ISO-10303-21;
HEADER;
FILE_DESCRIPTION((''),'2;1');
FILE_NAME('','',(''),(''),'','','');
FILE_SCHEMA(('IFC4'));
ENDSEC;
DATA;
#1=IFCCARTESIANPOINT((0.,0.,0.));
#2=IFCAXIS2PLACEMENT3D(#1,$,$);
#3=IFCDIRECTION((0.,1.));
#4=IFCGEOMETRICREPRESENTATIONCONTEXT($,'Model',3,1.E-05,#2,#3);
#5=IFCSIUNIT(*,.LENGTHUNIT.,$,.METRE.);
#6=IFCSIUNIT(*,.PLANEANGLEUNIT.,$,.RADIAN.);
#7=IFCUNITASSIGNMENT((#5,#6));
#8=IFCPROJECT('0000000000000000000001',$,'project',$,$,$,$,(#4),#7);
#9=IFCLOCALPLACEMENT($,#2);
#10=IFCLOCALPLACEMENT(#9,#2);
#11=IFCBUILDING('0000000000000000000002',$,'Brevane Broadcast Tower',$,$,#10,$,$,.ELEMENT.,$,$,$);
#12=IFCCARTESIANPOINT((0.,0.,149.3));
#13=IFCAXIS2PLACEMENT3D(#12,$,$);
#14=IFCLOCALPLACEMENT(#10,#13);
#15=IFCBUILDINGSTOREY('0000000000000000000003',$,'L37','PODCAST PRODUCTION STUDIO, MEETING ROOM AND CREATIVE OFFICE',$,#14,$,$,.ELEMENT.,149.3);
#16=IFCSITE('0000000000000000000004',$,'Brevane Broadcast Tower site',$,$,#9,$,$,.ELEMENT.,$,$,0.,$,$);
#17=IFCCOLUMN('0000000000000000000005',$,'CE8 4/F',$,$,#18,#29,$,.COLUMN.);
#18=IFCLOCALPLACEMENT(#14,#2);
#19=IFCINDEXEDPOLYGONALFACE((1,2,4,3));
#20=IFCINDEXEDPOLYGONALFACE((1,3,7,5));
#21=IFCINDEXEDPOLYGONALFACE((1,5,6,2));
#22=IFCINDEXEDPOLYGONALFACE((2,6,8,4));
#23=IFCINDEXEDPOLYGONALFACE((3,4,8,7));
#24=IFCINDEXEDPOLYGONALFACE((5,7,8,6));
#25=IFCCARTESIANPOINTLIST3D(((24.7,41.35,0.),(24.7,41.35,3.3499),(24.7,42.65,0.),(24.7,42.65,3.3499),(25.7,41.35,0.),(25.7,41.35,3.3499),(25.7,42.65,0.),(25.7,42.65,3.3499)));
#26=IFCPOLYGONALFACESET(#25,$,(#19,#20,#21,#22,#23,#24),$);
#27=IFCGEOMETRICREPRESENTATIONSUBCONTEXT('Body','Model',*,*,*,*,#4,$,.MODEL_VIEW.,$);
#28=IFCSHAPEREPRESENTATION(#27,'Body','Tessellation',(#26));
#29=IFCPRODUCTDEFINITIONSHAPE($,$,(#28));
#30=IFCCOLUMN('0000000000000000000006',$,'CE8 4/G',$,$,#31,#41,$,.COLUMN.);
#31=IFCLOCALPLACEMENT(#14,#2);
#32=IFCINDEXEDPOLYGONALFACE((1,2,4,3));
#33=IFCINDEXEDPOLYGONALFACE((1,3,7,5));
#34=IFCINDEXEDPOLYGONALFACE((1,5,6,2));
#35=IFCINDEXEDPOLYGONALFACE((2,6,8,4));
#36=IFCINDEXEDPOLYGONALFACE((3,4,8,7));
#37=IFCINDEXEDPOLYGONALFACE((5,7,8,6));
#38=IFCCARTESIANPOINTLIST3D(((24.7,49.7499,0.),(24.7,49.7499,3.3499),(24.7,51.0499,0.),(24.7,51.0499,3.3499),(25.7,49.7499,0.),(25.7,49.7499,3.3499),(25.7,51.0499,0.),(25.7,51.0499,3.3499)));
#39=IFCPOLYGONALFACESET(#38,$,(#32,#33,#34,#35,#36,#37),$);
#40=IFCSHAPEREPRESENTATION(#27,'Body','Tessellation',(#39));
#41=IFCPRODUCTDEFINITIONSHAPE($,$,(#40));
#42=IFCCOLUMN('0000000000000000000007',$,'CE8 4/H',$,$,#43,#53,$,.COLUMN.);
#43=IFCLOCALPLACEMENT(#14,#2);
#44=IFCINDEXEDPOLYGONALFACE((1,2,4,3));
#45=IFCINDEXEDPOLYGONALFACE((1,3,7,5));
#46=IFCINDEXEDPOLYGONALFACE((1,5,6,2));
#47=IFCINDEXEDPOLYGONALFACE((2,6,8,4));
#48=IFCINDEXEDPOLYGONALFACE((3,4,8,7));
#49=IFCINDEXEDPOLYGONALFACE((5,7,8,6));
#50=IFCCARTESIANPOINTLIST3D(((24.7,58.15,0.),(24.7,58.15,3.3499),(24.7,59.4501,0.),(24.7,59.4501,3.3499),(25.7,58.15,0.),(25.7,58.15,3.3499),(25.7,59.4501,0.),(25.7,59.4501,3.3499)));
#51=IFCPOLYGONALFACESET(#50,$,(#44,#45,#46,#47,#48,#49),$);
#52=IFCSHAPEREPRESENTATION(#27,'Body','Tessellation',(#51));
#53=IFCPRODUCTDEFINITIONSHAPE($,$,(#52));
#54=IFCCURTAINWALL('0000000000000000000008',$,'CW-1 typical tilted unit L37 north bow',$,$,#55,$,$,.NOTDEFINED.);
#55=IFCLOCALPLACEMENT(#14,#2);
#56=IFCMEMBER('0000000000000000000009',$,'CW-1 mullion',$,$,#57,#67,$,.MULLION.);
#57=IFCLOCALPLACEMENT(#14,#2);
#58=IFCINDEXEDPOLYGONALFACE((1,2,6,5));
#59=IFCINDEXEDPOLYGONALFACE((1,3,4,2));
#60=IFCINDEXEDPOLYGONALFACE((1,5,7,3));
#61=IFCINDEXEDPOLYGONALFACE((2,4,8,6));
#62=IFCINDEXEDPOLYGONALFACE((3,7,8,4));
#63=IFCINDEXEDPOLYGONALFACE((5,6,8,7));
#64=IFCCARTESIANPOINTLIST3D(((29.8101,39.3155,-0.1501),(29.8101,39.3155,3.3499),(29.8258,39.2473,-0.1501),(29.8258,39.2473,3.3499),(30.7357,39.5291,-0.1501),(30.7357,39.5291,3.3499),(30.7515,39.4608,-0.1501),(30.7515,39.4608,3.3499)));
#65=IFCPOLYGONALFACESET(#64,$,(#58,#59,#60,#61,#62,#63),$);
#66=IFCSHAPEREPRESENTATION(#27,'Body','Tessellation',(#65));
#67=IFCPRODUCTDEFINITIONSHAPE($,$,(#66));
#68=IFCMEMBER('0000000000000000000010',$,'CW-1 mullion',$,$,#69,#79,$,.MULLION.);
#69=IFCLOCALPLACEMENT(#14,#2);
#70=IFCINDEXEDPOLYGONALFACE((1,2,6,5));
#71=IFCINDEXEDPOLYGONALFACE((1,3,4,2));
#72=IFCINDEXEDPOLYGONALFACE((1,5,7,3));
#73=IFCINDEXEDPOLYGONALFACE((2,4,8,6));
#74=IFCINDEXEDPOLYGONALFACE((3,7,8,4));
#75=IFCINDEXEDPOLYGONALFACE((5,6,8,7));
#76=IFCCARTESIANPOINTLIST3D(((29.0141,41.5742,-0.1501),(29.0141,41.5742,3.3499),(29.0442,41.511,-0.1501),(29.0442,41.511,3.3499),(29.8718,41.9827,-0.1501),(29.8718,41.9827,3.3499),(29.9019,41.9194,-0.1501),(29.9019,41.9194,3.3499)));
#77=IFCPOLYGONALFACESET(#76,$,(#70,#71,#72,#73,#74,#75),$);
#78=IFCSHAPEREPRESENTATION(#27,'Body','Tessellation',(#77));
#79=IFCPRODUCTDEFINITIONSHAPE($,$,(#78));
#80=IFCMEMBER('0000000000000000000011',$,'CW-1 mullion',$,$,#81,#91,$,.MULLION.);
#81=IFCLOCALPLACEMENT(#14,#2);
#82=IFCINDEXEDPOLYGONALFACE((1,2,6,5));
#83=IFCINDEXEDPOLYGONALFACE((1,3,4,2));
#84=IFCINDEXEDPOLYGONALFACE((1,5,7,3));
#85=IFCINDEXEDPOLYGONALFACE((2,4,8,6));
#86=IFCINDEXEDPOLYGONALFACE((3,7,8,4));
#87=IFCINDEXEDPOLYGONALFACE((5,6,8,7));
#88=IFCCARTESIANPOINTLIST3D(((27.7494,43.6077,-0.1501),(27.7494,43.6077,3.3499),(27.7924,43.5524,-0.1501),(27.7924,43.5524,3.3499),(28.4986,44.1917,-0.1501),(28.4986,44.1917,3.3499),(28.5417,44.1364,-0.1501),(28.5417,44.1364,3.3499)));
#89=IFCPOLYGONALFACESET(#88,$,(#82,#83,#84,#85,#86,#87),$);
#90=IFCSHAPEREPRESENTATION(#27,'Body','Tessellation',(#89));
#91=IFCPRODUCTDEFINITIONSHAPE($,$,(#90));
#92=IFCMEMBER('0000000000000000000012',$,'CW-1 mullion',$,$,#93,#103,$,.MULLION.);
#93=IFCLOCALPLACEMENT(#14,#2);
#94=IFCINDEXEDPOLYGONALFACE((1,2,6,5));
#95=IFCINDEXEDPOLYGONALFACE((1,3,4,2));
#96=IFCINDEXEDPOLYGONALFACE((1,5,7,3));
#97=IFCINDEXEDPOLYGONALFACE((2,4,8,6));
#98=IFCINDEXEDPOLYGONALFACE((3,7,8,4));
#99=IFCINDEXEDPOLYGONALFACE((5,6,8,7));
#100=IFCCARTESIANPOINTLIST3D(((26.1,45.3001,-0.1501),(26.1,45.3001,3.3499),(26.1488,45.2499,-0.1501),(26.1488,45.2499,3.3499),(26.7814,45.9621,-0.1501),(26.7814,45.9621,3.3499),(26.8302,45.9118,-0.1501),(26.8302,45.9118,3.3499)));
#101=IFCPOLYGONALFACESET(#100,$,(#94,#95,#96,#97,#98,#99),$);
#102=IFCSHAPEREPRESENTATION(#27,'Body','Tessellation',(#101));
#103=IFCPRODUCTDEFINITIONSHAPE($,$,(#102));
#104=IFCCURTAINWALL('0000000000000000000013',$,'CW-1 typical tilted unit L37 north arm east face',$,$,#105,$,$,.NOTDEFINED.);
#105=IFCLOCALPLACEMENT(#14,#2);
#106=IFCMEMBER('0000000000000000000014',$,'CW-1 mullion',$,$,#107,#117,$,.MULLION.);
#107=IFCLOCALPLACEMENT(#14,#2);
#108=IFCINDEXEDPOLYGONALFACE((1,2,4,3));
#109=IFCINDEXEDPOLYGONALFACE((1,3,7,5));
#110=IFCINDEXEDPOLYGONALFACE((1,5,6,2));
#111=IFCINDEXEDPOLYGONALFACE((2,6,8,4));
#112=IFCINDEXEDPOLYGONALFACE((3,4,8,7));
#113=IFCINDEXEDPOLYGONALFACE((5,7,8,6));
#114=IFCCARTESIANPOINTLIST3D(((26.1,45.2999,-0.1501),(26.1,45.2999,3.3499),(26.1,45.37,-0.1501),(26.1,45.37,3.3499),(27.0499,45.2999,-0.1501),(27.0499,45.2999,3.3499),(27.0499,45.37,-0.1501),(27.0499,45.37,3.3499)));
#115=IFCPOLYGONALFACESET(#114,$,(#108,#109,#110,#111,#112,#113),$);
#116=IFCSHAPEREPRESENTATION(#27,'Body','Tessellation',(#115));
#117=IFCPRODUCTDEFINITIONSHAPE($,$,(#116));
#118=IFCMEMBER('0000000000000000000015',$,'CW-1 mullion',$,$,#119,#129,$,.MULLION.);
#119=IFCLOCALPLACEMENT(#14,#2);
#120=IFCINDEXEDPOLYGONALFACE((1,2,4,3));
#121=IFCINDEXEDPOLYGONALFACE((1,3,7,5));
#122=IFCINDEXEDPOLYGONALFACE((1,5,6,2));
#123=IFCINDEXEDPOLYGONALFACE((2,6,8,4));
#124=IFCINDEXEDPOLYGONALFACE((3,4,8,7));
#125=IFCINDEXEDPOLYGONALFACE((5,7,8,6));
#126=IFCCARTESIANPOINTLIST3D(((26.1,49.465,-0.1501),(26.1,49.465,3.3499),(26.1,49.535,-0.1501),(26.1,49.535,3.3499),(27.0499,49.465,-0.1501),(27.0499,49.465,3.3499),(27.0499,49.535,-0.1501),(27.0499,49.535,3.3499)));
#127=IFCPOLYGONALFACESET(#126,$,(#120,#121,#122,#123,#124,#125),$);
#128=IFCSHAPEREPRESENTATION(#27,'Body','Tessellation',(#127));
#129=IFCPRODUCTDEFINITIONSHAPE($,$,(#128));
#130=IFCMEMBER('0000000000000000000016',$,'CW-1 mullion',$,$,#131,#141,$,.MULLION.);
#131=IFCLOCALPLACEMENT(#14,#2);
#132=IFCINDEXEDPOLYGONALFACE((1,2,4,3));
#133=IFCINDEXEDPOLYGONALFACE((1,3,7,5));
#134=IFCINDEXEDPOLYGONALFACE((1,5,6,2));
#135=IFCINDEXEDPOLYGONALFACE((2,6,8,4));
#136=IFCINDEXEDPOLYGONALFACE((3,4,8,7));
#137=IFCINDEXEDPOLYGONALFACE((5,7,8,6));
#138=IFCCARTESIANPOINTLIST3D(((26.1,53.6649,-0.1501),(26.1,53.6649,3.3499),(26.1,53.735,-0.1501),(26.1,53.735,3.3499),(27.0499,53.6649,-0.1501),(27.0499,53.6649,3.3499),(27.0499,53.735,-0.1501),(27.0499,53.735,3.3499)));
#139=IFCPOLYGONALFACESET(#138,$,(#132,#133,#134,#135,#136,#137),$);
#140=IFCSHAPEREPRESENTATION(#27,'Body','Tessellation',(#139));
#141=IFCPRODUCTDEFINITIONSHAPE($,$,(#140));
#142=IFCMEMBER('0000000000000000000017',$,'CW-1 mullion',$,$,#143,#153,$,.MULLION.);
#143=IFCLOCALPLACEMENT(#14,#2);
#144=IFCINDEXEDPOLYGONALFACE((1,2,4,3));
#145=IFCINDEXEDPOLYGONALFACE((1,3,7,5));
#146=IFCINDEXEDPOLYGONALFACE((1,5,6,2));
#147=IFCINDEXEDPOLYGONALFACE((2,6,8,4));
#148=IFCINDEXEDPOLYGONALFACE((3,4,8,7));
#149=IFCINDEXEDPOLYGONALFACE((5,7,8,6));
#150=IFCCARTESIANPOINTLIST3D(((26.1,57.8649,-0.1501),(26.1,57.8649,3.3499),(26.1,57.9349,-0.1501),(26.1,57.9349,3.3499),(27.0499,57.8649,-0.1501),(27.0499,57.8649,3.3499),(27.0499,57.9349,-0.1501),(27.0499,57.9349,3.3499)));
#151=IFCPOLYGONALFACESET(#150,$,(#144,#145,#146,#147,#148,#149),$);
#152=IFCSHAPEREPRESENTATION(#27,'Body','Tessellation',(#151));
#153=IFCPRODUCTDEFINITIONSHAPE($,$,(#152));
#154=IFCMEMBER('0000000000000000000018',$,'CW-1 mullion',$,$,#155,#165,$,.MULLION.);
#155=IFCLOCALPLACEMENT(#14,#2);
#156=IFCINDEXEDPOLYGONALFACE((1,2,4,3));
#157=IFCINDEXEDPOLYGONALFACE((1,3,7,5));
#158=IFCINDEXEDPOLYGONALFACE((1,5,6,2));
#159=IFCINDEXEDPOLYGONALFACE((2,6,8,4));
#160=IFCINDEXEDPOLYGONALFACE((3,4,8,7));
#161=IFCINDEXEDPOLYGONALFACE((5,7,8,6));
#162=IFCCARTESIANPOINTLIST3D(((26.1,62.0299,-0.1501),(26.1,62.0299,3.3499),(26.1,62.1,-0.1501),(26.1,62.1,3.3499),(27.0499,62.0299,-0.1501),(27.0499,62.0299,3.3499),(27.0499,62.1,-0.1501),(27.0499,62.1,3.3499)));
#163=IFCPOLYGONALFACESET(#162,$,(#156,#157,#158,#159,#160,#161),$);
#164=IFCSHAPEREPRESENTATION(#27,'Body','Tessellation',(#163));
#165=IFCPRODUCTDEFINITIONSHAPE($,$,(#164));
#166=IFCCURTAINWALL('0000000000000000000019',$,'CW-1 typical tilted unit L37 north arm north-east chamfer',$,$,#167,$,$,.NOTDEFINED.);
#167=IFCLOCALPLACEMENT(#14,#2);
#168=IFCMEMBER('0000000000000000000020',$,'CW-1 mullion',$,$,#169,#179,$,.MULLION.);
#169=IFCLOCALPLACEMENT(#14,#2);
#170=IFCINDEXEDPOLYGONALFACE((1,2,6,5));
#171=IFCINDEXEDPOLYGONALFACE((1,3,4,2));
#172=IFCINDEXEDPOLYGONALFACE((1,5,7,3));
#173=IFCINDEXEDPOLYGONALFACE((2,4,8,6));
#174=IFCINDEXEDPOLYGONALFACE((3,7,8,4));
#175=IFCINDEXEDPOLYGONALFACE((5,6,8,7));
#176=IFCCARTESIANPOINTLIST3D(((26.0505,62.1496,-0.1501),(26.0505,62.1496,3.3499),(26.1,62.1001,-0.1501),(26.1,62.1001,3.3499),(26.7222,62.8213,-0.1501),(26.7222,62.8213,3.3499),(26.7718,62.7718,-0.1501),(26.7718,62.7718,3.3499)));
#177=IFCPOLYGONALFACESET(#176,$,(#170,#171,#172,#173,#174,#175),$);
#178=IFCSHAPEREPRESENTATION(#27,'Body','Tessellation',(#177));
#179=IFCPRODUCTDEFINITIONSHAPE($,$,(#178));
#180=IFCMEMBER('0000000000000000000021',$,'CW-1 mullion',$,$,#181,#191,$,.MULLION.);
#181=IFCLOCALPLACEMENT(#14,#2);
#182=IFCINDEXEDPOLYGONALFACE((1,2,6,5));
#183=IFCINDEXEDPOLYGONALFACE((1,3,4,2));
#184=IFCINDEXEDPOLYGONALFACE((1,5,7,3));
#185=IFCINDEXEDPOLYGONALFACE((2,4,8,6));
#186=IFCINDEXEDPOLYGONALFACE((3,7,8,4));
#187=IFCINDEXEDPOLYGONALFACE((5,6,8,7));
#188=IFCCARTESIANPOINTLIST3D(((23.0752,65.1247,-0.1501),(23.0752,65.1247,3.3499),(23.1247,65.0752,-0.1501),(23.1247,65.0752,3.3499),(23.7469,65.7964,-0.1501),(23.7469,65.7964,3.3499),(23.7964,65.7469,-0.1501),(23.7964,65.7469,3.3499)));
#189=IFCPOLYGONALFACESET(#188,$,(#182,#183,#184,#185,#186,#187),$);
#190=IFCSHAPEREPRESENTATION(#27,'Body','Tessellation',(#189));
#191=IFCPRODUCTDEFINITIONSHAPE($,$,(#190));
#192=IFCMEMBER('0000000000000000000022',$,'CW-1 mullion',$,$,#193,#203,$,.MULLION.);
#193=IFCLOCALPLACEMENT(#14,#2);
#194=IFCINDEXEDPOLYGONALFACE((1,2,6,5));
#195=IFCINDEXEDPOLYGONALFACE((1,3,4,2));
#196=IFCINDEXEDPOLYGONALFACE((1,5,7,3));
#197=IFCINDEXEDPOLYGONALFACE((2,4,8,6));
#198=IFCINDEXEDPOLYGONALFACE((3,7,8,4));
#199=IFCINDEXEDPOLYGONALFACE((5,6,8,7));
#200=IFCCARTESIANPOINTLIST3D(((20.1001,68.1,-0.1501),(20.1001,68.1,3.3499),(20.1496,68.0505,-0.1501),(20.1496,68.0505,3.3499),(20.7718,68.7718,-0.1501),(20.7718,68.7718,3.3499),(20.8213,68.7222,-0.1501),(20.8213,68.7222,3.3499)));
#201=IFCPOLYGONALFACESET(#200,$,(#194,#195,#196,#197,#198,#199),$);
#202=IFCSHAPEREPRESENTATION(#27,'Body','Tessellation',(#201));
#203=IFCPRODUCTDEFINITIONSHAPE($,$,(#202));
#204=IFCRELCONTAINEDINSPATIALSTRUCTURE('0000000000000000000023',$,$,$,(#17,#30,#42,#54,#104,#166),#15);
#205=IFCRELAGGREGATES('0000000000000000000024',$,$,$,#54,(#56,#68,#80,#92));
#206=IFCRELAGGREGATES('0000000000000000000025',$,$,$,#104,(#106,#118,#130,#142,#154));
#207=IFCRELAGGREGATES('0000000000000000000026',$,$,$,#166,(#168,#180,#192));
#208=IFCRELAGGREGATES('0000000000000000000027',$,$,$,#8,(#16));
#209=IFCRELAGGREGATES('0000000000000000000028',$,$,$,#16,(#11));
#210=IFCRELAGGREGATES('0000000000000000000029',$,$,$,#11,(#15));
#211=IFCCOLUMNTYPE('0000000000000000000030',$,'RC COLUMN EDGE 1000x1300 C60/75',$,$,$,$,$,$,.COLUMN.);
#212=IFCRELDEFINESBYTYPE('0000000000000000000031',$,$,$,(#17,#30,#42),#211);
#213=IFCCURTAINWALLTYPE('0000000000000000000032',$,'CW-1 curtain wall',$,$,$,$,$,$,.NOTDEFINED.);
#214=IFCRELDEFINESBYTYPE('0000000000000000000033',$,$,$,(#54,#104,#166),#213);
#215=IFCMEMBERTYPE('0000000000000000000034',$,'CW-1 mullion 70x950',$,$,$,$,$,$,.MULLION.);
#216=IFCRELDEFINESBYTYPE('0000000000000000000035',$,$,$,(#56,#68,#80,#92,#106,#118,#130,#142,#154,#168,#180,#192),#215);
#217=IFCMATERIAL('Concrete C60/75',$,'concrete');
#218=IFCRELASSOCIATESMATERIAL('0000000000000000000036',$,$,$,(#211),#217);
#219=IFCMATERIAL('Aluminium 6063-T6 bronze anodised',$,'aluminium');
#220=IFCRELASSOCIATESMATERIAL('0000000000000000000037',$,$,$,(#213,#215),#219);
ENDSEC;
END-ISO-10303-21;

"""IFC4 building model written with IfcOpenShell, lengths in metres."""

from ifc_helpers import new_model, si_unit, direction, frame, origin, origin_2d, place, context, subcontext, project, spatial, rectangle, extrude, material, material_profile, profile_set, type_object, element, aggregate, save


model = new_model("IFC4")

# Units and contexts
model_context = context("Model", 3, precision=1e-05, world=origin(), true_north=direction((0.0, 1.0)))
body_context = subcontext(model_context, "Body", "Model", "MODEL_VIEW")
ifc_project = project(units=[si_unit("LENGTHUNIT", "METRE"), si_unit("PLANEANGLEUNIT", "RADIAN")], contexts=[model_context])

# Site, building, storey
site_placement = place(None, origin())
site = spatial("IfcSite", under=ifc_project, at=site_placement, Name="Brevane Broadcast Tower site", CompositionType="ELEMENT", RefElevation=0.0)
building_placement = place(site_placement, origin())
building = spatial("IfcBuilding", under=site, at=building_placement, Name="Brevane Broadcast Tower", CompositionType="ELEMENT")
storey_placement = place(building_placement, frame((0.0, 0.0, 149.3)))
storey = spatial("IfcBuildingStorey", under=building, at=storey_placement, Name="L37", Description="PODCAST PRODUCTION STUDIO, MEETING ROOM AND CREATIVE OFFICE", CompositionType="ELEMENT", Elevation=149.3)

# Columns
ifc_material_1 = material(Name="Concrete C60/75", Category="concrete")
ifc_material_profile_1 = material_profile(ifc_material_1, rectangle(XDim=1.0, YDim=1.3, at=origin_2d()), Name="RC 1000x1300")
ifc_profile_set_1 = profile_set([ifc_material_profile_1], Name="Concrete C60/75")
column_type = type_object("IfcColumnType", Name="RC COLUMN EDGE 1000x1300 C60/75", PredefinedType="COLUMN", material=ifc_profile_set_1)
for number, where, z_axis, x_axis, name in (
    (1, (25.2, 42.0, 0.0), (0.0, 0.0, 1.0), (1.0, 0.0, 0.0), "CE8 4/F"),
    (2, (25.2, 50.3999, 0.0), (0.0, 0.0, 1.0), (1.0, 0.0, 0.0), "CE8 4/G"),
    (3, (25.2, 58.8, 0.0), (0.0, 0.0, 1.0), (1.0, 0.0, 0.0), "CE8 4/H"),
):
    element("IfcColumn", number, at=place(storey_placement, frame(where, z_axis=z_axis, x_axis=x_axis)), inside=storey, type_object=column_type, Name=name, PredefinedType="COLUMN", context=body_context, shape_type="SweptSolid", body=[
        extrude(rectangle(XDim=1.0, YDim=1.3, at=origin_2d()), origin(), (0.0, 0.0, 1.0), 3.3499),
    ])

# Curtain walls, members
ifc_material_2 = material(Name="Aluminium 6063-T6 bronze anodised", Category="aluminium")
curtain_wall_type = type_object("IfcCurtainWallType", Name="CW-1 curtain wall", PredefinedType="NOTDEFINED", material=ifc_material_2)
curtain_wall_1_placement = place(storey_placement, origin())
curtain_wall_1 = element("IfcCurtainWall", 4, at=curtain_wall_1_placement, inside=storey, type_object=curtain_wall_type, Name="CW-1 typical tilted unit L37 north bow", PredefinedType="NOTDEFINED")
ifc_material_profile_2 = material_profile(ifc_material_2, rectangle(XDim=0.95, YDim=0.0701, at=origin_2d()), Name="RECT 70x950")
ifc_profile_set_2 = profile_set([ifc_material_profile_2], Name="Aluminium 6063-T6 bronze anodised")
member_type_1 = type_object("IfcMemberType", Name="CW-1 mullion 70x950", PredefinedType="MULLION", material=ifc_profile_set_2)
member_1_placement = place(storey_placement, frame((30.2808, 39.3882, -0.1501), z_axis=(0.0, 0.0, 1.0), x_axis=(-0.974403, -0.224806, 0.0)))
member_1 = element("IfcMember", 5, at=member_1_placement, type_object=member_type_1, Name="CW-1 mullion", PredefinedType="MULLION", context=body_context, shape_type="SweptSolid", body=[
    extrude(rectangle(XDim=0.95, YDim=0.0701, at=origin_2d()), origin(), (0.0, 0.0, 1.0), 3.5),
])
member_2_placement = place(storey_placement, frame((29.458, 41.7468, -0.1501), z_axis=(0.0, 0.0, 1.0), x_axis=(-0.902861, -0.429934, 0.0)))
member_2 = element("IfcMember", 6, at=member_2_placement, type_object=member_type_1, Name="CW-1 mullion", PredefinedType="MULLION", context=body_context, shape_type="SweptSolid", body=[
    extrude(rectangle(XDim=0.95, YDim=0.0701, at=origin_2d()), origin(), (0.0, 0.0, 1.0), 3.5),
])
member_3_placement = place(storey_placement, frame((28.1455, 43.8721, -0.1501), z_axis=(0.0, 0.0, 1.0), x_axis=(-0.788707, -0.61477, 0.0)))
member_3 = element("IfcMember", 7, at=member_3_placement, type_object=member_type_1, Name="CW-1 mullion", PredefinedType="MULLION", context=body_context, shape_type="SweptSolid", body=[
    extrude(rectangle(XDim=0.95, YDim=0.0701, at=origin_2d()), origin(), (0.0, 0.0, 1.0), 3.5),
])
member_4_placement = place(storey_placement, frame((26.4651, 45.606, -0.1501), z_axis=(0.0, 0.0, 1.0), x_axis=(-0.717254, -0.696812, 0.0)))
member_4 = element("IfcMember", 8, at=member_4_placement, type_object=member_type_1, Name="CW-1 mullion", PredefinedType="MULLION", context=body_context, shape_type="SweptSolid", body=[
    extrude(rectangle(XDim=0.95, YDim=0.0701, at=origin_2d()), origin(), (0.0, 0.0, 1.0), 3.5),
])
curtain_wall_2_placement = place(storey_placement, origin())
curtain_wall_2 = element("IfcCurtainWall", 9, at=curtain_wall_2_placement, inside=storey, type_object=curtain_wall_type, Name="CW-1 typical tilted unit L37 north arm east face", PredefinedType="NOTDEFINED")
member_5_placement = place(storey_placement, frame((26.575, 45.335, -0.1501), z_axis=(0.0, 0.0, 1.0), x_axis=(-1.0, 0.0, 0.0)))
member_5 = element("IfcMember", 10, at=member_5_placement, type_object=member_type_1, Name="CW-1 mullion", PredefinedType="MULLION", context=body_context, shape_type="SweptSolid", body=[
    extrude(rectangle(XDim=0.95, YDim=0.0701, at=origin_2d()), origin(), (0.0, 0.0, 1.0), 3.5),
])
member_6_placement = place(storey_placement, frame((26.575, 49.5, -0.1501), z_axis=(0.0, 0.0, 1.0), x_axis=(-1.0, 0.0, 0.0)))
member_6 = element("IfcMember", 11, at=member_6_placement, type_object=member_type_1, Name="CW-1 mullion", PredefinedType="MULLION", context=body_context, shape_type="SweptSolid", body=[
    extrude(rectangle(XDim=0.95, YDim=0.0701, at=origin_2d()), origin(), (0.0, 0.0, 1.0), 3.5),
])
member_7_placement = place(storey_placement, frame((26.575, 53.7, -0.1501), z_axis=(0.0, 0.0, 1.0), x_axis=(-1.0, 0.0, 0.0)))
member_7 = element("IfcMember", 12, at=member_7_placement, type_object=member_type_1, Name="CW-1 mullion", PredefinedType="MULLION", context=body_context, shape_type="SweptSolid", body=[
    extrude(rectangle(XDim=0.95, YDim=0.0701, at=origin_2d()), origin(), (0.0, 0.0, 1.0), 3.5),
])
member_8_placement = place(storey_placement, frame((26.575, 57.8999, -0.1501), z_axis=(0.0, 0.0, 1.0), x_axis=(-1.0, 0.0, 0.0)))
member_8 = element("IfcMember", 13, at=member_8_placement, type_object=member_type_1, Name="CW-1 mullion", PredefinedType="MULLION", context=body_context, shape_type="SweptSolid", body=[
    extrude(rectangle(XDim=0.95, YDim=0.0701, at=origin_2d()), origin(), (0.0, 0.0, 1.0), 3.5),
])
member_9_placement = place(storey_placement, frame((26.575, 62.0649, -0.1501), z_axis=(0.0, 0.0, 1.0), x_axis=(-1.0, 0.0, 0.0)))
member_9 = element("IfcMember", 14, at=member_9_placement, type_object=member_type_1, Name="CW-1 mullion", PredefinedType="MULLION", context=body_context, shape_type="SweptSolid", body=[
    extrude(rectangle(XDim=0.95, YDim=0.0701, at=origin_2d()), origin(), (0.0, 0.0, 1.0), 3.5),
])
curtain_wall_3_placement = place(storey_placement, origin())
curtain_wall_3 = element("IfcCurtainWall", 15, at=curtain_wall_3_placement, inside=storey, type_object=curtain_wall_type, Name="CW-1 typical tilted unit L37 north arm north-east chamfer", PredefinedType="NOTDEFINED")
member_10_placement = place(storey_placement, frame((26.4111, 62.4607, -0.1501), z_axis=(0.0, 0.0, 1.0), x_axis=(-0.707107, -0.707107, 0.0)))
member_10 = element("IfcMember", 16, at=member_10_placement, type_object=member_type_1, Name="CW-1 mullion", PredefinedType="MULLION", context=body_context, shape_type="SweptSolid", body=[
    extrude(rectangle(XDim=0.95, YDim=0.0701, at=origin_2d()), origin(), (0.0, 0.0, 1.0), 3.5),
])
member_11_placement = place(storey_placement, frame((23.4358, 65.4358, -0.1501), z_axis=(0.0, 0.0, 1.0), x_axis=(-0.707107, -0.707107, 0.0)))
member_11 = element("IfcMember", 17, at=member_11_placement, type_object=member_type_1, Name="CW-1 mullion", PredefinedType="MULLION", context=body_context, shape_type="SweptSolid", body=[
    extrude(rectangle(XDim=0.95, YDim=0.0701, at=origin_2d()), origin(), (0.0, 0.0, 1.0), 3.5),
])
member_12_placement = place(storey_placement, frame((20.4607, 68.4111, -0.1501), z_axis=(0.0, 0.0, 1.0), x_axis=(-0.707107, -0.707107, 0.0)))
member_12 = element("IfcMember", 18, at=member_12_placement, type_object=member_type_1, Name="CW-1 mullion", PredefinedType="MULLION", context=body_context, shape_type="SweptSolid", body=[
    extrude(rectangle(XDim=0.95, YDim=0.0701, at=origin_2d()), origin(), (0.0, 0.0, 1.0), 3.5),
])

aggregate(curtain_wall_1, [member_1, member_2, member_3, member_4])
aggregate(curtain_wall_2, [member_5, member_6, member_7, member_8, member_9])
aggregate(curtain_wall_3, [member_10, member_11, member_12])

save(model, "model.ifc")
